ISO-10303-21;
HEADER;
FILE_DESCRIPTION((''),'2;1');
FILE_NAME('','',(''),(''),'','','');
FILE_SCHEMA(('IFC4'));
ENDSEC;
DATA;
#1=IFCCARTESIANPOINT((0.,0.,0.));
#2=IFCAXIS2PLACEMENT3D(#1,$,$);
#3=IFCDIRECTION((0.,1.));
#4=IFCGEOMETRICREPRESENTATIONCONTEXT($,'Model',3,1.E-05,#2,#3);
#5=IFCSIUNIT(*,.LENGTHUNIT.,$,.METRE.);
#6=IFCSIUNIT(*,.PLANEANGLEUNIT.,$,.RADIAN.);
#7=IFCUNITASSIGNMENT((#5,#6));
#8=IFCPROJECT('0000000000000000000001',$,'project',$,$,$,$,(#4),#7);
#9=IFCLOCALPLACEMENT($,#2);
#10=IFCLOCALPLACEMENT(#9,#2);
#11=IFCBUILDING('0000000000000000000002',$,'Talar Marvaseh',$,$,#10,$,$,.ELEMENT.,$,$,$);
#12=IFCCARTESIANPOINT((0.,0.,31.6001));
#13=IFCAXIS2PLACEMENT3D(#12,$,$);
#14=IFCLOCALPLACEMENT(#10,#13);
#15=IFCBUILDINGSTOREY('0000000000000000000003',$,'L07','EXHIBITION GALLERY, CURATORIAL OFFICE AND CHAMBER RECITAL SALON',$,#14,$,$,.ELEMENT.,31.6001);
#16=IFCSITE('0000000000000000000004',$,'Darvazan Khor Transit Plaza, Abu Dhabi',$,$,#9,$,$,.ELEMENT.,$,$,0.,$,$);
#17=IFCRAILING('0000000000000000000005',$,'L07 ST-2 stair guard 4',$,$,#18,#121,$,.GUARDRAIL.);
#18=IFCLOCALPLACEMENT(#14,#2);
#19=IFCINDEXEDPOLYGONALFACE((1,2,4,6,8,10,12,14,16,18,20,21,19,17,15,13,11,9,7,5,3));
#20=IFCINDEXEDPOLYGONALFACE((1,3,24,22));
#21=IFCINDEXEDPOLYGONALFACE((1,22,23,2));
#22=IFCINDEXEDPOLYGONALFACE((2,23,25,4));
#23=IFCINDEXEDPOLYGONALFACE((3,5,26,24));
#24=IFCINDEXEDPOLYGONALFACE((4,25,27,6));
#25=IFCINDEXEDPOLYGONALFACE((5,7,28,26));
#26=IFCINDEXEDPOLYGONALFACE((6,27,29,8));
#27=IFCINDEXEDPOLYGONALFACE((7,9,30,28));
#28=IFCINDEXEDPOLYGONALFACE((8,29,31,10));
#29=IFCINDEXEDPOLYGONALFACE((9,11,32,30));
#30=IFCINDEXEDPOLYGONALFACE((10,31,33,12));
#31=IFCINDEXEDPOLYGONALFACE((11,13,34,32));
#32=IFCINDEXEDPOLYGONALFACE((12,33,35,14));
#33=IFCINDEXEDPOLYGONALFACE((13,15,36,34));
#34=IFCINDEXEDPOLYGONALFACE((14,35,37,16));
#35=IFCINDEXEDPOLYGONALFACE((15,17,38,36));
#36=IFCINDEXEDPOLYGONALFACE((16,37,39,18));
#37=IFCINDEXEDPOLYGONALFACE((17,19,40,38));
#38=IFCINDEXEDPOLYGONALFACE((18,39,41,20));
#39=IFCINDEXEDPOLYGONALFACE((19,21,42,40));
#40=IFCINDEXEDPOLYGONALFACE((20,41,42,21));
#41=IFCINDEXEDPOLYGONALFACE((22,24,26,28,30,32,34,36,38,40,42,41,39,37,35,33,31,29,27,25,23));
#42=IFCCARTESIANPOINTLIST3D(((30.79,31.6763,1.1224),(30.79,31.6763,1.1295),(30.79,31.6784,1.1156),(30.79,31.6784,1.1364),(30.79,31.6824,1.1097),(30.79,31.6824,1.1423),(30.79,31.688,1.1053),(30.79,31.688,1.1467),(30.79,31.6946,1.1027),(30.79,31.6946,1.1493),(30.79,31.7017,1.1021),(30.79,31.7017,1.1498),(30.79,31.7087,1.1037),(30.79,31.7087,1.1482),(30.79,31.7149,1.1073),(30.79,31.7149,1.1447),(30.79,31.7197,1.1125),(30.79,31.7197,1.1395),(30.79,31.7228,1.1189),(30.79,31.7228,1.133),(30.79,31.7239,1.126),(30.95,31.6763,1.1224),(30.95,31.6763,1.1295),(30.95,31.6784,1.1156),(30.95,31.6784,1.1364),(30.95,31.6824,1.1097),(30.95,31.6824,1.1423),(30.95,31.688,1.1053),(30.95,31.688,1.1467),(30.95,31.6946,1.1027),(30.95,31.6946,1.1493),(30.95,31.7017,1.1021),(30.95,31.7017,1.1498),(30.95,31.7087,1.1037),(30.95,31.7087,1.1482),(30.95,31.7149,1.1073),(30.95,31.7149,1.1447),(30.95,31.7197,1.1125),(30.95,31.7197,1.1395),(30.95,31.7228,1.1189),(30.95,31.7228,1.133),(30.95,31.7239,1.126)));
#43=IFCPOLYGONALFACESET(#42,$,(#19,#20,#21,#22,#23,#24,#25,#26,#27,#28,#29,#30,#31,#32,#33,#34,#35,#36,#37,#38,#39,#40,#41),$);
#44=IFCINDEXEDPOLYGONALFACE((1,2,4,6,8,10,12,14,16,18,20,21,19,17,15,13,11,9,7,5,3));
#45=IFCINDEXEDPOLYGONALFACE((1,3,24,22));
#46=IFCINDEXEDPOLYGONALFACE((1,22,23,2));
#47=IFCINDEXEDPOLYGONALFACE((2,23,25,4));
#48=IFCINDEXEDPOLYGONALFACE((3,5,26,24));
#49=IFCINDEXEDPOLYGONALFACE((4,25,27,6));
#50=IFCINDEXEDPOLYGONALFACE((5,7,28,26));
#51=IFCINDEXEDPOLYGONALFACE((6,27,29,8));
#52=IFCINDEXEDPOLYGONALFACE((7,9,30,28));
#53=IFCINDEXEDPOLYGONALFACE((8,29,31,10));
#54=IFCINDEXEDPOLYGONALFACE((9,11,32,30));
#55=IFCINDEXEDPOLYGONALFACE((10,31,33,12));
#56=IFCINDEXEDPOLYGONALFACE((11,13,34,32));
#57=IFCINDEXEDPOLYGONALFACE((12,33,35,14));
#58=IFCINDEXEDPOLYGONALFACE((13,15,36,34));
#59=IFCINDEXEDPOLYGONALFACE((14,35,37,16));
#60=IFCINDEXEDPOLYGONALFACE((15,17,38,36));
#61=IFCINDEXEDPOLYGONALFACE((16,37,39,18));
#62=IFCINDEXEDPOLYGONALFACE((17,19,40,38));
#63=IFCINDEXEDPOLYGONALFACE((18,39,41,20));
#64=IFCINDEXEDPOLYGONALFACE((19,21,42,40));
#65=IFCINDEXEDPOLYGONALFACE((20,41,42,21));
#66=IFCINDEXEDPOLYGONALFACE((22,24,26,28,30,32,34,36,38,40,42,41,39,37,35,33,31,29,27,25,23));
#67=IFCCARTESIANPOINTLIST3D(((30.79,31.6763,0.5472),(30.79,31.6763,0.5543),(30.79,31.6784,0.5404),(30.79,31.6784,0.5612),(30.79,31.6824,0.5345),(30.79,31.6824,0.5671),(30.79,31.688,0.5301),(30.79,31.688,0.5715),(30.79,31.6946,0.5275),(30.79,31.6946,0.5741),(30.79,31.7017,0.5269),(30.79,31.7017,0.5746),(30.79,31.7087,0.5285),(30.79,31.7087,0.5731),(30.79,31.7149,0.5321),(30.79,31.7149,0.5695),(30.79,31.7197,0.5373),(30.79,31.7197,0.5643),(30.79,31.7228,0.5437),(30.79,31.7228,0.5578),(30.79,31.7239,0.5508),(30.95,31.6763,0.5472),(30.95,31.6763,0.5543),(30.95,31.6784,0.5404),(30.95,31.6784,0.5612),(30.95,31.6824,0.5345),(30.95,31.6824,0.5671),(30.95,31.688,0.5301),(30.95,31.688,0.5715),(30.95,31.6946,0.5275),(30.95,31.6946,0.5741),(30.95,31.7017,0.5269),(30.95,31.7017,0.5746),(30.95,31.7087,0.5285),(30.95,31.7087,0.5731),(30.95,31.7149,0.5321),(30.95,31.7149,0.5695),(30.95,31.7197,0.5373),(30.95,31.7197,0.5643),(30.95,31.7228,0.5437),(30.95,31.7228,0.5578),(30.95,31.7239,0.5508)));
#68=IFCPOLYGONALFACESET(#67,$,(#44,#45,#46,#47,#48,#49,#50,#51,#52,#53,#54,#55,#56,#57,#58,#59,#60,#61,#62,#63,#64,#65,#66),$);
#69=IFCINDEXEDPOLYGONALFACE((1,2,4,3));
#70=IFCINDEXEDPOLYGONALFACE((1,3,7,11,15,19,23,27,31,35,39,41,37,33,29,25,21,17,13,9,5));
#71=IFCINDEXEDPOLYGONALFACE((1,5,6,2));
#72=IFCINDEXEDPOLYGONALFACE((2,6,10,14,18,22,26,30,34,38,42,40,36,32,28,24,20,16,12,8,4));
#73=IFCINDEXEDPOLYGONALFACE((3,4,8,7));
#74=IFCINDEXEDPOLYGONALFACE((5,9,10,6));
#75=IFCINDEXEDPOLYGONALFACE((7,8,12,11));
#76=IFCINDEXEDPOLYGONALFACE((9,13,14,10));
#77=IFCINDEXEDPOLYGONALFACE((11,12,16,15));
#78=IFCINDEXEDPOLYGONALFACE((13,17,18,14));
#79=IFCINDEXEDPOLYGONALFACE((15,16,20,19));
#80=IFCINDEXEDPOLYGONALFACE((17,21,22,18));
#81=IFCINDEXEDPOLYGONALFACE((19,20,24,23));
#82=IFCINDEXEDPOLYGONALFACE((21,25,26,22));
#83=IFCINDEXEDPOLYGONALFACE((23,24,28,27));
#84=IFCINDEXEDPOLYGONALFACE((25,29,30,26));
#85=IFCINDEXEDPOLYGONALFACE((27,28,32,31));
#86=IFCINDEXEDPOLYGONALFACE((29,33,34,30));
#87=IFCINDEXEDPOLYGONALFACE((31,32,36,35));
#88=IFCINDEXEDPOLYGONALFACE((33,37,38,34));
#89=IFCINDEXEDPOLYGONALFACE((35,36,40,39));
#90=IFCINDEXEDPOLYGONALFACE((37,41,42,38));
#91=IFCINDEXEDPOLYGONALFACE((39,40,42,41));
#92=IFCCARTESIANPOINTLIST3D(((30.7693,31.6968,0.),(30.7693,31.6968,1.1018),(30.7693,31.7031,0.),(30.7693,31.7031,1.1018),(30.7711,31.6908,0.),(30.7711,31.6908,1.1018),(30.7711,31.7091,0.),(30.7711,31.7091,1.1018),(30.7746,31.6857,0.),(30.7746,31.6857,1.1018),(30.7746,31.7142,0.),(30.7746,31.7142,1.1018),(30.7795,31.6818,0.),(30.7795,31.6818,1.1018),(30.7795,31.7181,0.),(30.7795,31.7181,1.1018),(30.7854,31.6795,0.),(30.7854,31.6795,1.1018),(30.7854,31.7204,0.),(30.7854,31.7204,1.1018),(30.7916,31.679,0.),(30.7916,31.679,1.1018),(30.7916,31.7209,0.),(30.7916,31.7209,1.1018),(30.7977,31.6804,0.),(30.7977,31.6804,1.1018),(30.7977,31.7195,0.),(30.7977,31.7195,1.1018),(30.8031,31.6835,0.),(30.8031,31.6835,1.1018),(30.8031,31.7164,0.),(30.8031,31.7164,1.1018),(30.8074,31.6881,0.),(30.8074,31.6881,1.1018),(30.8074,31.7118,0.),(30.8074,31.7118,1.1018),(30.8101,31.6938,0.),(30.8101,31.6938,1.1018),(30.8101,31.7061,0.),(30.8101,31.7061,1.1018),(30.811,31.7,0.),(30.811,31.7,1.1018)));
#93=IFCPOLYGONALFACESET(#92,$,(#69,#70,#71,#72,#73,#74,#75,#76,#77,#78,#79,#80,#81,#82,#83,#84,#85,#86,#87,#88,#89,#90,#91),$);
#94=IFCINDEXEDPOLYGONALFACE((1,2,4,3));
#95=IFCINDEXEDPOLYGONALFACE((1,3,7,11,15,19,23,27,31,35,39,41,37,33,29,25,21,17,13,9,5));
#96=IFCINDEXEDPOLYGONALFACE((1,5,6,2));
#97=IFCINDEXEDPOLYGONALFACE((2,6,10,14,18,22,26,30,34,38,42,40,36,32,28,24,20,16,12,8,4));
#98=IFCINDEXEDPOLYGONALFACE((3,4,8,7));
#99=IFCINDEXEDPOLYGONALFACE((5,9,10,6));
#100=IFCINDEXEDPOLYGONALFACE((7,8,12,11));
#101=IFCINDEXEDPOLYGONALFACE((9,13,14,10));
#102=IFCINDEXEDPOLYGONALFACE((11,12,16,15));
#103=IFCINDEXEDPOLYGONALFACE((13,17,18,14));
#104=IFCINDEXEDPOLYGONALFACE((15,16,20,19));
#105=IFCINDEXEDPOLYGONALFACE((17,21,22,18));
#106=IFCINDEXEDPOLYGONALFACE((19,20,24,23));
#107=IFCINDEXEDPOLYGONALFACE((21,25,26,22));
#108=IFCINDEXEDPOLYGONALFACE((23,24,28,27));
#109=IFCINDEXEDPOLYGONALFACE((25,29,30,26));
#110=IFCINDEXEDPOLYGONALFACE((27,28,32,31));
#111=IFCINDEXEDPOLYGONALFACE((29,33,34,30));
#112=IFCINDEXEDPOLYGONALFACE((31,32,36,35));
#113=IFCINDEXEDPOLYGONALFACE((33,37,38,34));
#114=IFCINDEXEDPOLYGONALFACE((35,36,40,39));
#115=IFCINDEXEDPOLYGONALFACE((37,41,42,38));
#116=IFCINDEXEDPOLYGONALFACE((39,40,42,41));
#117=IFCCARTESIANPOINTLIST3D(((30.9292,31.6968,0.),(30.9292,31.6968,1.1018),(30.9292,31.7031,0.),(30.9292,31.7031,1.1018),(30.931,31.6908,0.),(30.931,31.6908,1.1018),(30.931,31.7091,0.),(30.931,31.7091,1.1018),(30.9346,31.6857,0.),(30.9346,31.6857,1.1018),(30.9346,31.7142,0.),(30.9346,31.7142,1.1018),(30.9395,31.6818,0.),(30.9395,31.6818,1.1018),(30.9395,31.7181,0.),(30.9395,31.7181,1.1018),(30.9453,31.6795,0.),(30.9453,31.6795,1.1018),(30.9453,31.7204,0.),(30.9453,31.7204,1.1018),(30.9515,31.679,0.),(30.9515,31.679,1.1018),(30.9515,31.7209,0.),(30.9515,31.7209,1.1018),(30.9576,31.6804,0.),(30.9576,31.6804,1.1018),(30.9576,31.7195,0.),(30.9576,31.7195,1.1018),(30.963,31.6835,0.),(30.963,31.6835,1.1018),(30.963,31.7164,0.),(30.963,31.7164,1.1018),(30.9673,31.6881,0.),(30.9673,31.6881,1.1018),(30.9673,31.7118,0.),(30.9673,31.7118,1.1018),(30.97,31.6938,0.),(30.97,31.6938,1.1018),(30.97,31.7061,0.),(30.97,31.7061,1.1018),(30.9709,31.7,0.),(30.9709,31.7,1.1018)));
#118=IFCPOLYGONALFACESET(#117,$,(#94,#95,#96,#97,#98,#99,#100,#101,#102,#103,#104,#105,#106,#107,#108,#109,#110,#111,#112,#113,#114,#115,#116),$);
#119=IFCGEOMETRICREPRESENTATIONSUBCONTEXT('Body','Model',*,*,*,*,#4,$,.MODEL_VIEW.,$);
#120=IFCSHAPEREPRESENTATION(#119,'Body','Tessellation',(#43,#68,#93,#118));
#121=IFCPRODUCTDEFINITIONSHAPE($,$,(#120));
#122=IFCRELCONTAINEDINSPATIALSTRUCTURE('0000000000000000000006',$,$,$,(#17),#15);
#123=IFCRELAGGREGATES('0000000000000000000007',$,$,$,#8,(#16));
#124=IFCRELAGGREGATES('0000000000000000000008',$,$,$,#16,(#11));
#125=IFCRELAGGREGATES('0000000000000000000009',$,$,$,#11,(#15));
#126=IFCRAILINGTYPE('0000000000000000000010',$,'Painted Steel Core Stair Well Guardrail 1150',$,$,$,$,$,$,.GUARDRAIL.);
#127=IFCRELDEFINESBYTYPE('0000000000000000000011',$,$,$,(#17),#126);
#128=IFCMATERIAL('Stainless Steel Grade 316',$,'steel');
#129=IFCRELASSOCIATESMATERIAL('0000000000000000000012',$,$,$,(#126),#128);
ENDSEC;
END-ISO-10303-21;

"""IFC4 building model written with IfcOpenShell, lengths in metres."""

from ifc_helpers import new_model, si_unit, direction, frame, origin, origin_2d, place, context, subcontext, project, spatial, circle, extrude, material, type_object, element, save


model = new_model("IFC4")

# Units and contexts
model_context = context("Model", 3, precision=1e-05, world=origin(), true_north=direction((0.0, 1.0)))
body_context = subcontext(model_context, "Body", "Model", "MODEL_VIEW")
ifc_project = project(units=[si_unit("LENGTHUNIT", "METRE"), si_unit("PLANEANGLEUNIT", "RADIAN")], contexts=[model_context])

# Site, building, storey
site_placement = place(None, origin())
site = spatial("IfcSite", under=ifc_project, at=site_placement, Name="Darvazan Khor Transit Plaza, Abu Dhabi", CompositionType="ELEMENT", RefElevation=0.0)
building_placement = place(site_placement, origin())
building = spatial("IfcBuilding", under=site, at=building_placement, Name="Talar Marvaseh", CompositionType="ELEMENT")
storey_placement = place(building_placement, frame((0.0, 0.0, 31.6001)))
storey = spatial("IfcBuildingStorey", under=building, at=storey_placement, Name="L07", Description="EXHIBITION GALLERY, CURATORIAL OFFICE AND CHAMBER RECITAL SALON", CompositionType="ELEMENT", Elevation=31.6001)

# Shared definitions
ifc_material_1 = material(Name="Stainless Steel Grade 316", Category="steel")

# Railing
railing_type = type_object("IfcRailingType", Name="Painted Steel Core Stair Well Guardrail 1150", PredefinedType="GUARDRAIL", material=ifc_material_1)
railing_1_placement = place(storey_placement, frame((30.79, 31.7, 0.0)))
element("IfcRailing", 1, at=railing_1_placement, inside=storey, type_object=railing_type, Name="L07 ST-2 stair guard 4", PredefinedType="GUARDRAIL", context=body_context, shape_type="SweptSolid", body=[
    extrude(circle(Radius=0.0239, at=origin_2d()), frame((0.0, 0.0, 1.126), z_axis=(1.0, 0.0, 0.0), x_axis=(0.0, 1.0, 0.0)), (0.0, 0.0, 1.0), 0.1599),
    extrude(circle(Radius=0.0239, at=origin_2d()), frame((0.0, 0.0, 0.5508), z_axis=(1.0, 0.0, 0.0), x_axis=(0.0, 1.0, 0.0)), (0.0, 0.0, 1.0), 0.1599),
    extrude(circle(Radius=0.021, at=origin_2d()), origin(), (0.0, 0.0, 1.0), 1.1018),
    extrude(circle(Radius=0.021, at=origin_2d()), frame((0.1599, 0.0, 0.0)), (0.0, 0.0, 1.0), 1.1018),
])

save(model, "model.ifc")
